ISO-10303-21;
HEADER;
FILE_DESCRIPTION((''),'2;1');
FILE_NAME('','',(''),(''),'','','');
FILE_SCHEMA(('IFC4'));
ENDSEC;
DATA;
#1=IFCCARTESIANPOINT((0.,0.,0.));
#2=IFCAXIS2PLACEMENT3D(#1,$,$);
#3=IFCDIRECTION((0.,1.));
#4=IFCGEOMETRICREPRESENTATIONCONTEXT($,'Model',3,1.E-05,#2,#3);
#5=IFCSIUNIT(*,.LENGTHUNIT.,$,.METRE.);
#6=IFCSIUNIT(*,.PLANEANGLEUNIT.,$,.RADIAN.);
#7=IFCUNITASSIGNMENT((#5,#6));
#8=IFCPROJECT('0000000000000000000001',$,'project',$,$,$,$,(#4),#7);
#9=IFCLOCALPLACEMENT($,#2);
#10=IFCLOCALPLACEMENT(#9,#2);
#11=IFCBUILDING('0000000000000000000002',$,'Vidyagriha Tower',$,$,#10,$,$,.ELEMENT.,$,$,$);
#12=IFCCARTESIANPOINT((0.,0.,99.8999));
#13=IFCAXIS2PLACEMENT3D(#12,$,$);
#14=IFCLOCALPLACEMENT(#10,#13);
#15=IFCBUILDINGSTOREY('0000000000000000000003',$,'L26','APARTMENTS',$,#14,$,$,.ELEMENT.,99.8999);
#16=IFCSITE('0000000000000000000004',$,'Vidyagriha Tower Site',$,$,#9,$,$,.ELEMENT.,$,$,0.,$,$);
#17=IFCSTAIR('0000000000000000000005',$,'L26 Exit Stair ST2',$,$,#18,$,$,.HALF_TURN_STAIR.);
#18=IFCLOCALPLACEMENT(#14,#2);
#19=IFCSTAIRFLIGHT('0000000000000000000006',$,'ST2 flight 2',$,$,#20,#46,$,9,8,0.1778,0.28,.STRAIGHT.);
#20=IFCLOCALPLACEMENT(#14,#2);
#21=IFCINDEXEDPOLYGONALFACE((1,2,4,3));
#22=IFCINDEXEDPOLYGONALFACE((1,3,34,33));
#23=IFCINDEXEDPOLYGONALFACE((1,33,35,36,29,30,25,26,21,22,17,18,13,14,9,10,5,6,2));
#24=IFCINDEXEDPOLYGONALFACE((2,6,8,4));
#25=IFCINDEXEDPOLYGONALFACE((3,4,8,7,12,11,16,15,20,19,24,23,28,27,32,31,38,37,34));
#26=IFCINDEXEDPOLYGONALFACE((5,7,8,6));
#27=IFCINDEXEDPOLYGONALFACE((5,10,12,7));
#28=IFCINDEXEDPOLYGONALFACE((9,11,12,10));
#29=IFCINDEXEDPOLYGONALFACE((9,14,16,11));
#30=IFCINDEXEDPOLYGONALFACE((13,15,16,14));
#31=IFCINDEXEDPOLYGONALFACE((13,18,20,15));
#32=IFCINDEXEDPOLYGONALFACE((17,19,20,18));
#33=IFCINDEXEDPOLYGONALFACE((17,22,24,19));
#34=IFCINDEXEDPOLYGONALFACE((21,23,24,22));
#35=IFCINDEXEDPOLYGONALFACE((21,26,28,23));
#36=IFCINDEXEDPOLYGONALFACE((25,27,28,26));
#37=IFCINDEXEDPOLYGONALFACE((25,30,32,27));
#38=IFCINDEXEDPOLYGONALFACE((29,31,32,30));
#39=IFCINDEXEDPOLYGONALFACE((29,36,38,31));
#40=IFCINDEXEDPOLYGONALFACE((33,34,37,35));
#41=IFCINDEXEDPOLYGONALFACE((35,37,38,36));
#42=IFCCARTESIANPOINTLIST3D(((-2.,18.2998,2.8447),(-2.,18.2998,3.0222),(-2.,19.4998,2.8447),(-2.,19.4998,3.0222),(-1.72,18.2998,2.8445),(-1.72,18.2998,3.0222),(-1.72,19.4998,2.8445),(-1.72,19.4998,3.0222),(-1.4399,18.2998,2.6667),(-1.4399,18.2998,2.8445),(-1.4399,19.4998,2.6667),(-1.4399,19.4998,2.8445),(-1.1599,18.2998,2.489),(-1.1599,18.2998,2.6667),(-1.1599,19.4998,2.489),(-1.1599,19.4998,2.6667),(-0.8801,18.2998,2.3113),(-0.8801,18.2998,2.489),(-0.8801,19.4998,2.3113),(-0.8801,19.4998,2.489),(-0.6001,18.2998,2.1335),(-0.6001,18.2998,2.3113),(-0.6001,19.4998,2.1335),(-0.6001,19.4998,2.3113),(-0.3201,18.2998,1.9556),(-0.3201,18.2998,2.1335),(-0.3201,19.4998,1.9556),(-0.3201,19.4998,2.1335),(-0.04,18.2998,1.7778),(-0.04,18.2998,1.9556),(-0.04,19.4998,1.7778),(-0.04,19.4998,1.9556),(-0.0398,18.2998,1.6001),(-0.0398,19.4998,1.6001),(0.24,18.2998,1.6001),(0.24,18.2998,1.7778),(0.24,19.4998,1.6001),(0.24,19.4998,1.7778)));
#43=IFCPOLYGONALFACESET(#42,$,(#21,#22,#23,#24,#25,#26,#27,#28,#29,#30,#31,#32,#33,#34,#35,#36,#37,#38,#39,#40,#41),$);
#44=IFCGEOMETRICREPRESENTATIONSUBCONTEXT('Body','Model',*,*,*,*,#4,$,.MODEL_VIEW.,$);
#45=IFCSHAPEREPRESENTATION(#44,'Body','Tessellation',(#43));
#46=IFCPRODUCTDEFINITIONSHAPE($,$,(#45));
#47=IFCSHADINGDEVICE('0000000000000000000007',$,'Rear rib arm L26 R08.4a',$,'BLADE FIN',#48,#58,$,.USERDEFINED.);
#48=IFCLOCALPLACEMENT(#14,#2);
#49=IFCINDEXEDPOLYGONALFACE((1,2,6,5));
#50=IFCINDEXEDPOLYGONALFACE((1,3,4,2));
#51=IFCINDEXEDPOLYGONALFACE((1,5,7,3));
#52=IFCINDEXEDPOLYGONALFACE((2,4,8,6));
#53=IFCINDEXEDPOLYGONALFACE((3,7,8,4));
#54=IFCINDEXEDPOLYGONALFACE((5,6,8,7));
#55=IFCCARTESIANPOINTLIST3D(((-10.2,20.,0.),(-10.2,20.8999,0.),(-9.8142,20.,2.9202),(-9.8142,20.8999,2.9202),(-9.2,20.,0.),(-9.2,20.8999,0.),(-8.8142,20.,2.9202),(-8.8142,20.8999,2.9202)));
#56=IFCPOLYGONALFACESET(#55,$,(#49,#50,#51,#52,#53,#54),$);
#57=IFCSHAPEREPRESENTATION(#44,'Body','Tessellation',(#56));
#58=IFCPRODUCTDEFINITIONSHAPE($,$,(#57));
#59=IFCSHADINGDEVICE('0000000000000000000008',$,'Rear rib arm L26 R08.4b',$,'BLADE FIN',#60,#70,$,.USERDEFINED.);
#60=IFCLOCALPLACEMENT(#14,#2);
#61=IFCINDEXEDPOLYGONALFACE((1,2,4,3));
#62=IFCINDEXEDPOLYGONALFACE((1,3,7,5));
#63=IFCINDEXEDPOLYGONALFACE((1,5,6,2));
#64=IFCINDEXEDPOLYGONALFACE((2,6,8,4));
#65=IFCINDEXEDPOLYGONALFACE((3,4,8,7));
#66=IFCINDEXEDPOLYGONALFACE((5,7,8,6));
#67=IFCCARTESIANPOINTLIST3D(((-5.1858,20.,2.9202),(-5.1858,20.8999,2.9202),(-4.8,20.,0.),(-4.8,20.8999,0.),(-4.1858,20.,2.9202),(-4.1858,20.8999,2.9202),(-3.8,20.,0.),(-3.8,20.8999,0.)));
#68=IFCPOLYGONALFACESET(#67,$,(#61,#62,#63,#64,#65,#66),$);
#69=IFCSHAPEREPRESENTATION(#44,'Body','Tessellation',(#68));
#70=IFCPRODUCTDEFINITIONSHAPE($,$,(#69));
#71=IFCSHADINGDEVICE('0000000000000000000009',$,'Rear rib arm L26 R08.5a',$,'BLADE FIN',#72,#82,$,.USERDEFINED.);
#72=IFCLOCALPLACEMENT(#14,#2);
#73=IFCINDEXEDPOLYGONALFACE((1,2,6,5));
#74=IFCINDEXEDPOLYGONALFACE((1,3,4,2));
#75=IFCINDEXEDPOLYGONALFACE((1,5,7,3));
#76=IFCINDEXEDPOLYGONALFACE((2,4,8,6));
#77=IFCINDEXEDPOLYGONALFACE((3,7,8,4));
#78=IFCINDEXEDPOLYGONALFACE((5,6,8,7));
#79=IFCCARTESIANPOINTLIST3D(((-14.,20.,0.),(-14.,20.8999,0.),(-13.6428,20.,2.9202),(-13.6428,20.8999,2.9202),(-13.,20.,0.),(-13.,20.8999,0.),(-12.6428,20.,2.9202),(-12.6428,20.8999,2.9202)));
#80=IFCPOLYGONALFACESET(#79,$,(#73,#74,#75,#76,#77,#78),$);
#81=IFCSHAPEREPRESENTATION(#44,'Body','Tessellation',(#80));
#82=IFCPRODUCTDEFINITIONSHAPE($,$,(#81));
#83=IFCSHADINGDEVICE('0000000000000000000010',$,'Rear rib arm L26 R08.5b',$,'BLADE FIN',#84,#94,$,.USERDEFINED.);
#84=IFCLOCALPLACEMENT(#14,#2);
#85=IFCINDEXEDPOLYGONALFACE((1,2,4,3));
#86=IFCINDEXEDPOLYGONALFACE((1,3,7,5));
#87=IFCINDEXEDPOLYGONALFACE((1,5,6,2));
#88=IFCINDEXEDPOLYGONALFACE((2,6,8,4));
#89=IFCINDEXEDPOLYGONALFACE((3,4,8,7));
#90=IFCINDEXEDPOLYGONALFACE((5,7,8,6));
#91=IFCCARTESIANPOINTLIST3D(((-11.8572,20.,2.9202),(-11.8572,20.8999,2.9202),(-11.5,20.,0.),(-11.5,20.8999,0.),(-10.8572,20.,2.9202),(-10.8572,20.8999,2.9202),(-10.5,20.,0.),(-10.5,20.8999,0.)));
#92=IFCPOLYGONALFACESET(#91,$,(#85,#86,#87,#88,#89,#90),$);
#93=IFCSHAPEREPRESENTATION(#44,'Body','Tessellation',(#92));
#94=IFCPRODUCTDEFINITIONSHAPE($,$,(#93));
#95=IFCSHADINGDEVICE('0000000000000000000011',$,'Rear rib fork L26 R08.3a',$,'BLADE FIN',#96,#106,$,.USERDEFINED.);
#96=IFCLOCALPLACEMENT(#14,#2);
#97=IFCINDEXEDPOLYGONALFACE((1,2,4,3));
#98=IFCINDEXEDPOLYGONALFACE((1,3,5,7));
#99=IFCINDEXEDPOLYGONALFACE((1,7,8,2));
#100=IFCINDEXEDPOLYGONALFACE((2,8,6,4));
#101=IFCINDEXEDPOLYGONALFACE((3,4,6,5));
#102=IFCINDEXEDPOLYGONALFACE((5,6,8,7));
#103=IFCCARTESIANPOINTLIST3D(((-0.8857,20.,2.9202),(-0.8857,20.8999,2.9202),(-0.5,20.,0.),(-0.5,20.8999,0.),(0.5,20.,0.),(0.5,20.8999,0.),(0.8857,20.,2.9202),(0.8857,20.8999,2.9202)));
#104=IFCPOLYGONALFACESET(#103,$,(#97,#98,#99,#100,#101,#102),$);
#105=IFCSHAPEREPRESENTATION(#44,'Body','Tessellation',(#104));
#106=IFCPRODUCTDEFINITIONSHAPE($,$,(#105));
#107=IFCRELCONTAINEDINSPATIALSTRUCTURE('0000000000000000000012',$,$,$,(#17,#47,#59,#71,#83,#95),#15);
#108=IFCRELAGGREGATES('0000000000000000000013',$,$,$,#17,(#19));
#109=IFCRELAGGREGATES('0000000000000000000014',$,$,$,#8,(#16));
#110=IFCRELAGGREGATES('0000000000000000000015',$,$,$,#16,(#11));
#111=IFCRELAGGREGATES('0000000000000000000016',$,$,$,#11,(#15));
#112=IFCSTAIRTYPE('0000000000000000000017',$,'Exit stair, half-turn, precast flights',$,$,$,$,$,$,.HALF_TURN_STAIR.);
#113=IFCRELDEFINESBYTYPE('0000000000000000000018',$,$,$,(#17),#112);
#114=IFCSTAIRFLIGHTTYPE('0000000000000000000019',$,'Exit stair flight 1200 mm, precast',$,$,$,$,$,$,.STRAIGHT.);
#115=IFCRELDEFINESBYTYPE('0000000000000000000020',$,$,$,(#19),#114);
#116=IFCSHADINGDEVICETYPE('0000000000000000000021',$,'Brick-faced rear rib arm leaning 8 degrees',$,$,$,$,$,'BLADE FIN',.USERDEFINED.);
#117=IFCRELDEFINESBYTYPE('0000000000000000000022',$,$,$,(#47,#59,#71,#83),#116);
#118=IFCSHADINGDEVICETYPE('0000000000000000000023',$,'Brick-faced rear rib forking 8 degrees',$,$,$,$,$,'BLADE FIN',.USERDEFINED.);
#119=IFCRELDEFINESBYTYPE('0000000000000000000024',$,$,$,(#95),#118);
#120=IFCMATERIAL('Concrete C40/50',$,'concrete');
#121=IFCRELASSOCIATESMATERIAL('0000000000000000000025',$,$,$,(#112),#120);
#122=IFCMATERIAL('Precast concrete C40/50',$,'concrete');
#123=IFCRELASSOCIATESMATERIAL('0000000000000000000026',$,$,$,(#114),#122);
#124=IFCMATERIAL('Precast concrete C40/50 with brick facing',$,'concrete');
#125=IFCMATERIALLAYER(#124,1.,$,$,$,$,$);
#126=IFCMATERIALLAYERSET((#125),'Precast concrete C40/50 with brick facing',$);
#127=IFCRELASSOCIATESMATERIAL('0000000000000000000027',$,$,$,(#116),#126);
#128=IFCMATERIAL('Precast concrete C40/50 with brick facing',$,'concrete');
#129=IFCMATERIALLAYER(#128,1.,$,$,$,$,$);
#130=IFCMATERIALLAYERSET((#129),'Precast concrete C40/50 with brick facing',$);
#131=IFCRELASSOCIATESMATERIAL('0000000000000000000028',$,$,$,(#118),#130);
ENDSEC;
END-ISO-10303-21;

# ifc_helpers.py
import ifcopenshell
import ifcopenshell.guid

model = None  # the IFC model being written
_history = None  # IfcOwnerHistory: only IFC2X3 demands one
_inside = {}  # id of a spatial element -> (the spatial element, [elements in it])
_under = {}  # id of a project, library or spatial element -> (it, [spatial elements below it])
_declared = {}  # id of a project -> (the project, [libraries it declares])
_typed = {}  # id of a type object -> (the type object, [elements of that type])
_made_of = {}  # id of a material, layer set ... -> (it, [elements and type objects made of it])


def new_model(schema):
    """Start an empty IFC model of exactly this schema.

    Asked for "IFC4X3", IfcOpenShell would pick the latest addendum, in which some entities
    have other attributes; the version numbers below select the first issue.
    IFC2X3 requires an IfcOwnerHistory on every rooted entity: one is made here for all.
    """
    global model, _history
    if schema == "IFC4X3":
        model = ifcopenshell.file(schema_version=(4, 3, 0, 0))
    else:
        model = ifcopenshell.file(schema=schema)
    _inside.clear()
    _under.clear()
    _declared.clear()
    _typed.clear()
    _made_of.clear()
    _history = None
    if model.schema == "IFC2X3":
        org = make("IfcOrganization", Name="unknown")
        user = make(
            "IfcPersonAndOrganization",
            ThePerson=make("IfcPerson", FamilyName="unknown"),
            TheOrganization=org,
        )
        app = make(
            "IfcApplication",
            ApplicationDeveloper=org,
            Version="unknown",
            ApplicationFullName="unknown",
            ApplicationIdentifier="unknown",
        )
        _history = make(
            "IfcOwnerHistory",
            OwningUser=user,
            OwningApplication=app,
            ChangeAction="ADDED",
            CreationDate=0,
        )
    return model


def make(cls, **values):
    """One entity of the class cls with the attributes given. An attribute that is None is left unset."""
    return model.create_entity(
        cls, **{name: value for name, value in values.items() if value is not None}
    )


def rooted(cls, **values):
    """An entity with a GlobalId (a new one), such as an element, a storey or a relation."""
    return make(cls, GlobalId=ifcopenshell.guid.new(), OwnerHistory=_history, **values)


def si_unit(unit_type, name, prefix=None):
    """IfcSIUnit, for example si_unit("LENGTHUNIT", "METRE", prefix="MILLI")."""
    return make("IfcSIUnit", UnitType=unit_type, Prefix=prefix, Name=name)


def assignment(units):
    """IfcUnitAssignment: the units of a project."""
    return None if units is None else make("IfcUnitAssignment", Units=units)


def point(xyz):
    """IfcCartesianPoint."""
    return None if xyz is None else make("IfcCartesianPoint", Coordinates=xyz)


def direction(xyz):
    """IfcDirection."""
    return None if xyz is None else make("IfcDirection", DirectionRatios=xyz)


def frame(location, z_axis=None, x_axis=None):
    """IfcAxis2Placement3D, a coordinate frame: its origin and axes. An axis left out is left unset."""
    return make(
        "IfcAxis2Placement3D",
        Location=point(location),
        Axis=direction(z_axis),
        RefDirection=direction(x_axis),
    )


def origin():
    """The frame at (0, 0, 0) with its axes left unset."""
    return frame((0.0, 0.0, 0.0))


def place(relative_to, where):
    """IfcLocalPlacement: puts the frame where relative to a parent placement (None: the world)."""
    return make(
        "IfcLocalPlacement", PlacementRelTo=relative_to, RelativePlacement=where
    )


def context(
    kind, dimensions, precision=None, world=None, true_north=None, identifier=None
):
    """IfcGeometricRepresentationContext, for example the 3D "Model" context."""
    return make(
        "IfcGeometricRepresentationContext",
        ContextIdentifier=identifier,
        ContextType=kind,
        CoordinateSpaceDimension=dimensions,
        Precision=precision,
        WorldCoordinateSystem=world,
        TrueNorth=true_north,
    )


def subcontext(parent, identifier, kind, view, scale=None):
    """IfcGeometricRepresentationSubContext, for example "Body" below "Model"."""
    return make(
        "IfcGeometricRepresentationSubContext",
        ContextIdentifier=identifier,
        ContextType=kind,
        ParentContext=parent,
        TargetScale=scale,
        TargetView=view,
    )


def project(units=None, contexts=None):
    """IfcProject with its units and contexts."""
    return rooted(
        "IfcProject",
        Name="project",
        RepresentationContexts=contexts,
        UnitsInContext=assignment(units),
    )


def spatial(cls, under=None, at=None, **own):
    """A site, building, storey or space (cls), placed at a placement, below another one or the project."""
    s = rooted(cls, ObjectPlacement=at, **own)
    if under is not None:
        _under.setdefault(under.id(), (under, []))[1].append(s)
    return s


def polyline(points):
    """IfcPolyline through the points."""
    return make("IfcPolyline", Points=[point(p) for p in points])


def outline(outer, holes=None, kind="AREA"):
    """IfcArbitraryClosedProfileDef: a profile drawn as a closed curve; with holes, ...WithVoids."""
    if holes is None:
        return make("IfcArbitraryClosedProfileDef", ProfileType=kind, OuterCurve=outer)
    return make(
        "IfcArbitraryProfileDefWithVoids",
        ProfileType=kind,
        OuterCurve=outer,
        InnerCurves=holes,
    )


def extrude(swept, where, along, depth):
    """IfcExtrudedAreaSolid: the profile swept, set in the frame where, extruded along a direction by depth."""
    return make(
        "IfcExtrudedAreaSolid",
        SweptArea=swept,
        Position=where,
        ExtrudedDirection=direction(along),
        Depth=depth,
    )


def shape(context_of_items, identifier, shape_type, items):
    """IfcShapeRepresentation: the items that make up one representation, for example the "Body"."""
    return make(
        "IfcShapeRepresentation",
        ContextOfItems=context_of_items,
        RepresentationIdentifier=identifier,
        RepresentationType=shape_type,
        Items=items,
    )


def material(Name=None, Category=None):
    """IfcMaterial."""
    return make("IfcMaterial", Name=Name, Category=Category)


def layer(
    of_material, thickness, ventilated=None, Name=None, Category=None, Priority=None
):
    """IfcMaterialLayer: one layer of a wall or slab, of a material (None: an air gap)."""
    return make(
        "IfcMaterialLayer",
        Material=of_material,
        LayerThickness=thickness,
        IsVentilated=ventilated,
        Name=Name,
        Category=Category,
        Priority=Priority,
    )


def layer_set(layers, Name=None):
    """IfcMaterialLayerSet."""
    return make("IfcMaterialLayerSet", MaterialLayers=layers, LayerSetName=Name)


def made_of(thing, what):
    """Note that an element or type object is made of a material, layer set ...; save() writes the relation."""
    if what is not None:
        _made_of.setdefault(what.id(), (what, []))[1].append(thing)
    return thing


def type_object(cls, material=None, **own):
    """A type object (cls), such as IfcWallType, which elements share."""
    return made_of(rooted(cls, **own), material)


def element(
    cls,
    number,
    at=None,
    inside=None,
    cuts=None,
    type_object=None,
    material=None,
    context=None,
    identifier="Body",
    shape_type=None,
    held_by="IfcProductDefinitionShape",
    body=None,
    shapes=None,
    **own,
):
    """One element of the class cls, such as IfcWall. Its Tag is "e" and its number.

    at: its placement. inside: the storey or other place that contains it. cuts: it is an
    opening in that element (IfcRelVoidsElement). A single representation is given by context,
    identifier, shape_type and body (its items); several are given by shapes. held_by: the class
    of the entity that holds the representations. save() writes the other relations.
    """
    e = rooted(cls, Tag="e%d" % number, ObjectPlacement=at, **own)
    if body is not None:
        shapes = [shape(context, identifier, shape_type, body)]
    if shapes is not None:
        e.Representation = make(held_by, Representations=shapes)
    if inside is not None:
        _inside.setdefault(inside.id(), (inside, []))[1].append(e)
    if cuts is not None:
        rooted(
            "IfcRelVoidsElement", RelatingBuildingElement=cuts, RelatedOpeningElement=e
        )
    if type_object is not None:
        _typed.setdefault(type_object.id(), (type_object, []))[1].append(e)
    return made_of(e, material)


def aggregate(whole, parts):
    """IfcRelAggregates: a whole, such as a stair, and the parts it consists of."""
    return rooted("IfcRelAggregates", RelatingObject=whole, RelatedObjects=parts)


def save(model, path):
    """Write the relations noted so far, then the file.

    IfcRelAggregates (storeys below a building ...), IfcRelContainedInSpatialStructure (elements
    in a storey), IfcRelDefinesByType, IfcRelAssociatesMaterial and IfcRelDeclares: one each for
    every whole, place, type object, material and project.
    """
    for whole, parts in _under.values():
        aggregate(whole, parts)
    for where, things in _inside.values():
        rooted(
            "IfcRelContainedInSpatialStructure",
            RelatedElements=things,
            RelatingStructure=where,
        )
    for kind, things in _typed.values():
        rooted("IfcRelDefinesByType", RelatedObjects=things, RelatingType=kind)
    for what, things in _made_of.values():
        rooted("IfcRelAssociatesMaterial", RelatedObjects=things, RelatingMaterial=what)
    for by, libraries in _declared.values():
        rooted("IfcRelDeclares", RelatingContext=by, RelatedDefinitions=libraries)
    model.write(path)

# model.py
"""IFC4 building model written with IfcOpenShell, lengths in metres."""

from ifc_helpers import new_model, si_unit, direction, frame, origin, place, context, subcontext, project, spatial, polyline, outline, extrude, material, layer, layer_set, type_object, element, aggregate, save


model = new_model("IFC4")

# Units and contexts
model_context = context("Model", 3, precision=1e-05, world=origin(), true_north=direction((0.0, 1.0)))
body_context = subcontext(model_context, "Body", "Model", "MODEL_VIEW")
ifc_project = project(units=[si_unit("LENGTHUNIT", "METRE"), si_unit("PLANEANGLEUNIT", "RADIAN")], contexts=[model_context])

# Site, building, storey
site_placement = place(None, origin())
site = spatial("IfcSite", under=ifc_project, at=site_placement, Name="Vidyagriha Tower Site", CompositionType="ELEMENT", RefElevation=0.0)
building_placement = place(site_placement, origin())
building = spatial("IfcBuilding", under=site, at=building_placement, Name="Vidyagriha Tower", CompositionType="ELEMENT")
storey_placement = place(building_placement, frame((0.0, 0.0, 99.8999)))
storey = spatial("IfcBuildingStorey", under=building, at=storey_placement, Name="L26", Description="APARTMENTS", CompositionType="ELEMENT", Elevation=99.8999)

# Stair, stair flight
ifc_material_1 = material(Name="Concrete C40/50", Category="concrete")
stair_type = type_object("IfcStairType", Name="Exit stair, half-turn, precast flights", PredefinedType="HALF_TURN_STAIR", material=ifc_material_1)
ifc_material_2 = material(Name="Precast concrete C40/50", Category="concrete")
stair_flight_type = type_object("IfcStairFlightType", Name="Exit stair flight 1200 mm, precast", PredefinedType="STRAIGHT", material=ifc_material_2)
stair_1_placement = place(storey_placement, origin())
stair_1 = element("IfcStair", 1, at=stair_1_placement, inside=storey, type_object=stair_type, Name="L26 Exit Stair ST2", PredefinedType="HALF_TURN_STAIR")
stair_flight_1_placement = place(storey_placement, frame((0.24, 18.8999, 1.6001), z_axis=(0.0, 0.0, 1.0), x_axis=(-1.0, 0.0, 0.0)))
stair_flight_1 = element("IfcStairFlight", 2, at=stair_flight_1_placement, type_object=stair_flight_type, Name="ST2 flight 2", NumberOfRisers=9, NumberOfTreads=8, PredefinedType="STRAIGHT", RiserHeight=0.1778, TreadLength=0.28, context=body_context, shape_type="SweptSolid", body=[
    extrude(outline(polyline([(0.0, 0.0), (0.0, 0.1777), (0.28, 0.1777), (0.28, 0.3555), (0.5601, 0.3555), (0.5601, 0.5334), (0.8401, 0.5334), (0.8401, 0.7112), (1.1201, 0.7112), (1.1201, 0.8889), (1.3999, 0.8889), (1.3999, 1.0667), (1.6799, 1.0667), (1.6799, 1.2444), (1.96, 1.2444), (1.96, 1.4221), (2.24, 1.4221), (2.24, 1.6001), (2.24, 1.2446), (0.2798, 0.0), (0.0, 0.0)])), frame((0.0, 0.6001, 0.0), z_axis=(0.0, -1.0, 0.0), x_axis=(1.0, 0.0, 0.0)), (0.0, 0.0, 1.0), 1.2),
])
aggregate(stair_1, [stair_flight_1])

# Shading devices
ifc_material_3 = material(Name="Precast concrete C40/50 with brick facing", Category="concrete")
ifc_layer_1 = layer(ifc_material_3, 1.0)
ifc_layer_set_1 = layer_set([ifc_layer_1], Name="Precast concrete C40/50 with brick facing")
shading_device_type_1 = type_object("IfcShadingDeviceType", Name="Brick-faced rear rib arm leaning 8 degrees", ElementType="BLADE FIN", PredefinedType="USERDEFINED", material=ifc_layer_set_1)
shading_device_1_placement = place(storey_placement, frame((-8.8142, 20.45, 0.0), z_axis=(0.0, 0.0, 1.0), x_axis=(-1.0, 0.0, 0.0)))
element("IfcShadingDevice", 3, at=shading_device_1_placement, inside=storey, type_object=shading_device_type_1, Name="Rear rib arm L26 R08.4a", ObjectType="BLADE FIN", PredefinedType="USERDEFINED", context=body_context, shape_type="SweptSolid", body=[
    extrude(outline(polyline([(0.3857, 0.0), (1.3857, 0.0), (1.0, 2.9202), (0.0, 2.9202), (0.3857, 0.0)])), frame((0.0, 0.45, 0.0), z_axis=(0.0, -1.0, 0.0), x_axis=(1.0, 0.0, 0.0)), (0.0, 0.0, 1.0), 0.8999),
])
shading_device_2_placement = place(storey_placement, frame((-3.8, 20.45, 0.0), z_axis=(0.0, 0.0, 1.0), x_axis=(-1.0, 0.0, 0.0)))
element("IfcShadingDevice", 4, at=shading_device_2_placement, inside=storey, type_object=shading_device_type_1, Name="Rear rib arm L26 R08.4b", ObjectType="BLADE FIN", PredefinedType="USERDEFINED", context=body_context, shape_type="SweptSolid", body=[
    extrude(outline(polyline([(0.0, 0.0), (1.0, 0.0), (1.3857, 2.9202), (0.3857, 2.9202), (0.0, 0.0)])), frame((0.0, 0.45, 0.0), z_axis=(0.0, -1.0, 0.0), x_axis=(1.0, 0.0, 0.0)), (0.0, 0.0, 1.0), 0.8999),
])
shading_device_3_placement = place(storey_placement, frame((-12.6428, 20.45, 0.0), z_axis=(0.0, 0.0, 1.0), x_axis=(-1.0, 0.0, 0.0)))
element("IfcShadingDevice", 5, at=shading_device_3_placement, inside=storey, type_object=shading_device_type_1, Name="Rear rib arm L26 R08.5a", ObjectType="BLADE FIN", PredefinedType="USERDEFINED", context=body_context, shape_type="SweptSolid", body=[
    extrude(outline(polyline([(0.3572, 0.0), (1.3572, 0.0), (1.0, 2.9202), (0.0, 2.9202), (0.3572, 0.0)])), frame((0.0, 0.45, 0.0), z_axis=(0.0, -1.0, 0.0), x_axis=(1.0, 0.0, 0.0)), (0.0, 0.0, 1.0), 0.8999),
])
shading_device_4_placement = place(storey_placement, frame((-10.5, 20.45, 0.0), z_axis=(0.0, 0.0, 1.0), x_axis=(-1.0, 0.0, 0.0)))
element("IfcShadingDevice", 6, at=shading_device_4_placement, inside=storey, type_object=shading_device_type_1, Name="Rear rib arm L26 R08.5b", ObjectType="BLADE FIN", PredefinedType="USERDEFINED", context=body_context, shape_type="SweptSolid", body=[
    extrude(outline(polyline([(0.0, 0.0), (1.0, 0.0), (1.3572, 2.9202), (0.3572, 2.9202), (0.0, 0.0)])), frame((0.0, 0.45, 0.0), z_axis=(0.0, -1.0, 0.0), x_axis=(1.0, 0.0, 0.0)), (0.0, 0.0, 1.0), 0.8999),
])
ifc_material_4 = material(Name="Precast concrete C40/50 with brick facing", Category="concrete")
ifc_layer_2 = layer(ifc_material_4, 1.0)
ifc_layer_set_2 = layer_set([ifc_layer_2], Name="Precast concrete C40/50 with brick facing")
shading_device_type_2 = type_object("IfcShadingDeviceType", Name="Brick-faced rear rib forking 8 degrees", ElementType="BLADE FIN", PredefinedType="USERDEFINED", material=ifc_layer_set_2)
shading_device_5_placement = place(storey_placement, frame((0.8857, 20.45, 0.0), z_axis=(0.0, 0.0, 1.0), x_axis=(-1.0, 0.0, 0.0)))
element("IfcShadingDevice", 7, at=shading_device_5_placement, inside=storey, type_object=shading_device_type_2, Name="Rear rib fork L26 R08.3a", ObjectType="BLADE FIN", PredefinedType="USERDEFINED", context=body_context, shape_type="SweptSolid", body=[
    extrude(outline(polyline([(0.3857, 0.0), (1.3857, 0.0), (1.7715, 2.9202), (0.0, 2.9202), (0.3857, 0.0)])), frame((0.0, 0.45, 0.0), z_axis=(0.0, -1.0, 0.0), x_axis=(1.0, 0.0, 0.0)), (0.0, 0.0, 1.0), 0.8999),
])

save(model, "model.ifc")
